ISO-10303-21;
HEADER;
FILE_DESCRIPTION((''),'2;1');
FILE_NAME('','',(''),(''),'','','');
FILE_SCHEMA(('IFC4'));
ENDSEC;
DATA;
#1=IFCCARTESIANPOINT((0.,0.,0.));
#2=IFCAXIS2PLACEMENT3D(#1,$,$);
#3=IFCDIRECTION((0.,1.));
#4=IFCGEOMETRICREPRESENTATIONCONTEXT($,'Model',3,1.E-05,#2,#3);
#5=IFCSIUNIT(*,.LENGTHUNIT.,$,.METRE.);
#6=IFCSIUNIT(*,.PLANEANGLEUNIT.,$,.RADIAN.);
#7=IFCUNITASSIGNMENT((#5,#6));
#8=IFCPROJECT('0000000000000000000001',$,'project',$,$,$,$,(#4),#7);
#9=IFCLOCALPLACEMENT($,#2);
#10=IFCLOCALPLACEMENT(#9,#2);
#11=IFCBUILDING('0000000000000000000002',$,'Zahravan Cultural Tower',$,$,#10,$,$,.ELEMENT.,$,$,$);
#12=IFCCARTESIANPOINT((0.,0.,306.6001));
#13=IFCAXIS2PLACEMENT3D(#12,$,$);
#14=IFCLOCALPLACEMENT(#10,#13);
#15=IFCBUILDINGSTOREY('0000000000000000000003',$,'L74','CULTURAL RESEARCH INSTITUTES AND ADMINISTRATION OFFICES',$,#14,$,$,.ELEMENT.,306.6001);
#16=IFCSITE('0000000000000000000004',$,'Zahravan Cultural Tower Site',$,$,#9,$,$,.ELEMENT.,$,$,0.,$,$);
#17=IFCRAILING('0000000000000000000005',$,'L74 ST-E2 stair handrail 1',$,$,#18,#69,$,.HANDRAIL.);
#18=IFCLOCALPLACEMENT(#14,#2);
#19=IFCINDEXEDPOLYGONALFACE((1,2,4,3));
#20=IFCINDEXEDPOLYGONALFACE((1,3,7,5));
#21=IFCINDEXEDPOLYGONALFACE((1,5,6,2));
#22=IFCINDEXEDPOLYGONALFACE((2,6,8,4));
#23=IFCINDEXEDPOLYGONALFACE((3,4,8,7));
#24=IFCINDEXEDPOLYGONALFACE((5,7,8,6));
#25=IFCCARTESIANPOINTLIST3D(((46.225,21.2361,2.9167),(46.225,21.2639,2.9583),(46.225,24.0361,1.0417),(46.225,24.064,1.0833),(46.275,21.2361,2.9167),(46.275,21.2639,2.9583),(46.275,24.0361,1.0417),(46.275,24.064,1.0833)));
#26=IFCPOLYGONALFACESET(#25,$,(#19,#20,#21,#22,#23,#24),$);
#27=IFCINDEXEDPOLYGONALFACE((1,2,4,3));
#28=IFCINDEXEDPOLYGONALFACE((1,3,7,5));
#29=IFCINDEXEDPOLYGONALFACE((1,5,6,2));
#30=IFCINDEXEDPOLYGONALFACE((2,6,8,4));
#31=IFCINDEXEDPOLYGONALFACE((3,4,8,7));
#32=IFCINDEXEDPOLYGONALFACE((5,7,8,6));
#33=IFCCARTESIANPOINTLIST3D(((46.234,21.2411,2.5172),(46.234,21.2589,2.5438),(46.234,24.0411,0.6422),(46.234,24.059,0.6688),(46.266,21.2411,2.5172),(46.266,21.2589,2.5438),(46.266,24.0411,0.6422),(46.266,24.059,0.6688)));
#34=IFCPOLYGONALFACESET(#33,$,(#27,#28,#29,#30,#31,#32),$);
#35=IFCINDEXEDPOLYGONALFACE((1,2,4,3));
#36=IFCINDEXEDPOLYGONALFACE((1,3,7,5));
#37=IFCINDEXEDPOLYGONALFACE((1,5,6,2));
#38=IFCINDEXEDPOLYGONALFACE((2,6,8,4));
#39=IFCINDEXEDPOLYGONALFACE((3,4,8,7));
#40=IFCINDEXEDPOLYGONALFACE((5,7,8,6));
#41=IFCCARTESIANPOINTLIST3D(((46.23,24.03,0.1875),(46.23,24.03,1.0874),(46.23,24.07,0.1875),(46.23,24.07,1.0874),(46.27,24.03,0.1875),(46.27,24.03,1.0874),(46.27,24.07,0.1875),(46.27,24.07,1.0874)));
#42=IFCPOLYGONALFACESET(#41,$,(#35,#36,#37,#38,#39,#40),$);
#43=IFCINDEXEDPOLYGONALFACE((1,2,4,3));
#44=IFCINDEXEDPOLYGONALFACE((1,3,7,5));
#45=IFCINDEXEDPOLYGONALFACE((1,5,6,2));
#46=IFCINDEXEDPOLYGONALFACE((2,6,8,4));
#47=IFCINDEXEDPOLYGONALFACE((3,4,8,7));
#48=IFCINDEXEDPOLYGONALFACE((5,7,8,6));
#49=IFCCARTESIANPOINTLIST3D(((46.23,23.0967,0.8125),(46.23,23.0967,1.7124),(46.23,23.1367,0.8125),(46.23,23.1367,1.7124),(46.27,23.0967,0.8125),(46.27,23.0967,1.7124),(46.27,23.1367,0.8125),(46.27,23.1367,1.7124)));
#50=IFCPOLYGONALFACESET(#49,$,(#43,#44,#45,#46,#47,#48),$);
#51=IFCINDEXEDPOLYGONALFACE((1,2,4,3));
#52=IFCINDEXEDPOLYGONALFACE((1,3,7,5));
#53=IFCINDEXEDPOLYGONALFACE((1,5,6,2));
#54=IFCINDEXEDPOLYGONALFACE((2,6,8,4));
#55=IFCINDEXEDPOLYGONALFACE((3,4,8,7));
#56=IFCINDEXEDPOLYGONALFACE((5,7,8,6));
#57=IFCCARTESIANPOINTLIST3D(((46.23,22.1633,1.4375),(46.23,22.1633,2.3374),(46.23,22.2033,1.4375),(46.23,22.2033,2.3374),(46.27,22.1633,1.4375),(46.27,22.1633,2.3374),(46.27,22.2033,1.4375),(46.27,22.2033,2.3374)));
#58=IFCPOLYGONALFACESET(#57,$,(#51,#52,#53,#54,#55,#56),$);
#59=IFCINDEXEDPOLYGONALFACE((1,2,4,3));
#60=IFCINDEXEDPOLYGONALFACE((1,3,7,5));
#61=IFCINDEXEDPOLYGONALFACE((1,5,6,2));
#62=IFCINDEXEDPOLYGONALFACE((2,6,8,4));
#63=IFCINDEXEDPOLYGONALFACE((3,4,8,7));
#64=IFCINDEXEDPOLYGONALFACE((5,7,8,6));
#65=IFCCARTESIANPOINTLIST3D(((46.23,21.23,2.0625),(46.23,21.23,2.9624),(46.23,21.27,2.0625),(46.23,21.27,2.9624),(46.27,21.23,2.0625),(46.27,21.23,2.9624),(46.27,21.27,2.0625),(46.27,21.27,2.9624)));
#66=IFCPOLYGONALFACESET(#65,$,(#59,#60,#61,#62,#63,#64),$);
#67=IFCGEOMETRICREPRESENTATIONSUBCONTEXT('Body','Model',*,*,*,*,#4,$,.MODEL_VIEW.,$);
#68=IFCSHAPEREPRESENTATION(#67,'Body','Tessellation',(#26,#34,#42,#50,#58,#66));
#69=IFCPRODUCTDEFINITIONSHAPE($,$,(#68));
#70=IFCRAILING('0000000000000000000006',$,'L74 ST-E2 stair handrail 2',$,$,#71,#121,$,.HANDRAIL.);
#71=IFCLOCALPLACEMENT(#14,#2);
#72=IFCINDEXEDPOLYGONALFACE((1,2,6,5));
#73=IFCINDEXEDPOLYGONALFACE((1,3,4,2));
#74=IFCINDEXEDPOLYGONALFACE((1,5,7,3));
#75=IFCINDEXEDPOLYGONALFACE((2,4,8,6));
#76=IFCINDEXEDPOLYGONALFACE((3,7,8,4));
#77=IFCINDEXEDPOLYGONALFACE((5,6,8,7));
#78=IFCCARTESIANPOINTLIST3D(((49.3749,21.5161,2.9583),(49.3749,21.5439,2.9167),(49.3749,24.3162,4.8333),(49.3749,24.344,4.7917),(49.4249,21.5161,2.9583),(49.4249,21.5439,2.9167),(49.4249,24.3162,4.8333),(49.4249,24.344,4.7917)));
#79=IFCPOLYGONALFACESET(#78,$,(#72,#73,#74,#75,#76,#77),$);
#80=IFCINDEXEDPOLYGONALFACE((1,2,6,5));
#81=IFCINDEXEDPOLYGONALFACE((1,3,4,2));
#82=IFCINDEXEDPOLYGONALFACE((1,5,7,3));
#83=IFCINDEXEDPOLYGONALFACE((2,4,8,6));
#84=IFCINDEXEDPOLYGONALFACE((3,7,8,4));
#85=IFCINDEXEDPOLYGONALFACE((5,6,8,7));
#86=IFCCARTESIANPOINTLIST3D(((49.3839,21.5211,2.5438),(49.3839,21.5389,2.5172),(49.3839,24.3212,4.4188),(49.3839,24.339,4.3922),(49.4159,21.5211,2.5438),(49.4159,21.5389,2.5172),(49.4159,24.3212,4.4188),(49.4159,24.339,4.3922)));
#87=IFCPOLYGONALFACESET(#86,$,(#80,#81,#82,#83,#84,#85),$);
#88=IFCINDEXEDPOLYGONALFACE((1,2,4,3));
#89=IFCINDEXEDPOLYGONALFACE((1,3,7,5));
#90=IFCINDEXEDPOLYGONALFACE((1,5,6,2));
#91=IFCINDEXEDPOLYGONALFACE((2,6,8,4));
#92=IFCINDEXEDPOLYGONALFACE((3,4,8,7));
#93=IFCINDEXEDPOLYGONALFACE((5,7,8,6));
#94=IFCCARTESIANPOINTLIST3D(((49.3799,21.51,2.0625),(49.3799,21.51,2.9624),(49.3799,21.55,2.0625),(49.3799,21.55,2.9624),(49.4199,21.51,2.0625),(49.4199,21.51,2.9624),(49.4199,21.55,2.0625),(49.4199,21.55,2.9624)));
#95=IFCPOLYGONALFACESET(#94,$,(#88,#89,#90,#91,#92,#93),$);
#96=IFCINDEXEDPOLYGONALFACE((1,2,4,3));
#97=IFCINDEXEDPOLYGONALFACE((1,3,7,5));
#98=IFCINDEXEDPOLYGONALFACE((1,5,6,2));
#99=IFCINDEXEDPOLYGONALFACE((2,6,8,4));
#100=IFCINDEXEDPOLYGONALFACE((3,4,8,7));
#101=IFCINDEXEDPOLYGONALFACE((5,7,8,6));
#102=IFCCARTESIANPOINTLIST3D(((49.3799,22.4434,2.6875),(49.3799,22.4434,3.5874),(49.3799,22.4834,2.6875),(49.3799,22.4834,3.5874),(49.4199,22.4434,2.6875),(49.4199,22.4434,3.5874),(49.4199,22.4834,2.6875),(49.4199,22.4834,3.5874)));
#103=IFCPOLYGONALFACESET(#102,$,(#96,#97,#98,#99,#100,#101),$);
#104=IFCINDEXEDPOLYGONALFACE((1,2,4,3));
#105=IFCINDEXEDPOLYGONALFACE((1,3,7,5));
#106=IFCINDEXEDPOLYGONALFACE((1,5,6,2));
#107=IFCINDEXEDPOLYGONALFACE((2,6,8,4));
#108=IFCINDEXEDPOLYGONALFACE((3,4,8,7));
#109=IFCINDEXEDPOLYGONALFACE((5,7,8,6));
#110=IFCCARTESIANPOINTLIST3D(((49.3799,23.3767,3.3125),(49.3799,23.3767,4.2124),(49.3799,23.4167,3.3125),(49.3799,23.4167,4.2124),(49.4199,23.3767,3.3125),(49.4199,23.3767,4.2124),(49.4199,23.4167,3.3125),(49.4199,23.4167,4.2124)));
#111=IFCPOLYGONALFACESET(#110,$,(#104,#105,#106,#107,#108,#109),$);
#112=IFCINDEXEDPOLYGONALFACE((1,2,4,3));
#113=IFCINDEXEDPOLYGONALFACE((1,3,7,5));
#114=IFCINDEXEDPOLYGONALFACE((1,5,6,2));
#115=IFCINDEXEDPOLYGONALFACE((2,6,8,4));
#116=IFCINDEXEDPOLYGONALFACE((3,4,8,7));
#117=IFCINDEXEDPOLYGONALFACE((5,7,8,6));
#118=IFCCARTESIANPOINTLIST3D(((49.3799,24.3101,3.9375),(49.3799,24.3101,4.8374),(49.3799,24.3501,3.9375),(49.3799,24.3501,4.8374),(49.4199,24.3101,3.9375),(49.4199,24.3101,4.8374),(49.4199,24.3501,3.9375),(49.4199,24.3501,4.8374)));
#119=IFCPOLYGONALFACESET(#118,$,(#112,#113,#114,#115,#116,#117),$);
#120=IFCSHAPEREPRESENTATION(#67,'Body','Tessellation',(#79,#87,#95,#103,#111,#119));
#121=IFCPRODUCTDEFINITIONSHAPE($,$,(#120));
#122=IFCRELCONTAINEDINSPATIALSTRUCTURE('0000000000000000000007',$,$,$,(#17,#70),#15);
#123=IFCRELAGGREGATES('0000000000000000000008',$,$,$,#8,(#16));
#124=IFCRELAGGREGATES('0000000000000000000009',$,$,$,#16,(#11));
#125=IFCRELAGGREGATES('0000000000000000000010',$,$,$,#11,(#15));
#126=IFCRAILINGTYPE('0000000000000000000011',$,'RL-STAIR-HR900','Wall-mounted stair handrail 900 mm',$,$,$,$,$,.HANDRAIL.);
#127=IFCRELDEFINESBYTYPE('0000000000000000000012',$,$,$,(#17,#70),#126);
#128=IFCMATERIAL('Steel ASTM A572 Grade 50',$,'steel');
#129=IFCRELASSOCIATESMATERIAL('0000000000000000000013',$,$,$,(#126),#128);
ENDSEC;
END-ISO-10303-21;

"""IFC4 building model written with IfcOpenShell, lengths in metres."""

from ifc_helpers import new_model, si_unit, direction, frame, origin, origin_2d, place, context, subcontext, project, spatial, rectangle, extrude, material, type_object, element, save


model = new_model("IFC4")

# Units and contexts
model_context = context("Model", 3, precision=1e-05, world=origin(), true_north=direction((0.0, 1.0)))
body_context = subcontext(model_context, "Body", "Model", "MODEL_VIEW")
ifc_project = project(units=[si_unit("LENGTHUNIT", "METRE"), si_unit("PLANEANGLEUNIT", "RADIAN")], contexts=[model_context])

# Site, building, storey
site_placement = place(None, origin())
site = spatial("IfcSite", under=ifc_project, at=site_placement, Name="Zahravan Cultural Tower Site", CompositionType="ELEMENT", RefElevation=0.0)
building_placement = place(site_placement, origin())
building = spatial("IfcBuilding", under=site, at=building_placement, Name="Zahravan Cultural Tower", CompositionType="ELEMENT")
storey_placement = place(building_placement, frame((0.0, 0.0, 306.6001)))
storey = spatial("IfcBuildingStorey", under=building, at=storey_placement, Name="L74", Description="CULTURAL RESEARCH INSTITUTES AND ADMINISTRATION OFFICES", CompositionType="ELEMENT", Elevation=306.6001)

# Railings
ifc_material_1 = material(Name="Steel ASTM A572 Grade 50", Category="steel")
railing_type_1 = type_object("IfcRailingType", Name="RL-STAIR-HR900", Description="Wall-mounted stair handrail 900 mm", PredefinedType="HANDRAIL", material=ifc_material_1)
railing_1_placement = place(storey_placement, frame((46.25, 24.05, 0.1875)))
element("IfcRailing", 1, at=railing_1_placement, inside=storey, type_object=railing_type_1, Name="L74 ST-E2 stair handrail 1", PredefinedType="HANDRAIL", context=body_context, shape_type="SweptSolid", body=[
    extrude(rectangle(XDim=0.05, YDim=0.05, at=origin_2d()), frame((0.0, 0.0, 0.875), z_axis=(0.0, -0.830912, 0.556404), x_axis=(1.0, 0.0, 0.0)), (0.0, 0.0, 1.0), 3.3699),
    extrude(rectangle(XDim=0.032, YDim=0.032, at=origin_2d()), frame((0.0, 0.0, 0.468), z_axis=(0.0, -0.830912, 0.556404), x_axis=(1.0, 0.0, 0.0)), (0.0, 0.0, 1.0), 3.3699),
    extrude(rectangle(XDim=0.04, YDim=0.04, at=origin_2d()), origin(), (0.0, 0.0, 1.0), 0.8999),
    extrude(rectangle(XDim=0.04, YDim=0.04, at=origin_2d()), frame((0.0, -0.9333, 0.625)), (0.0, 0.0, 1.0), 0.8999),
    extrude(rectangle(XDim=0.04, YDim=0.04, at=origin_2d()), frame((0.0, -1.8667, 1.25)), (0.0, 0.0, 1.0), 0.8999),
    extrude(rectangle(XDim=0.04, YDim=0.04, at=origin_2d()), frame((0.0, -2.8, 1.875)), (0.0, 0.0, 1.0), 0.8999),
])
railing_2_placement = place(storey_placement, frame((49.3999, 21.53, 2.0625)))
element("IfcRailing", 2, at=railing_2_placement, inside=storey, type_object=railing_type_1, Name="L74 ST-E2 stair handrail 2", PredefinedType="HANDRAIL", context=body_context, shape_type="SweptSolid", body=[
    extrude(rectangle(XDim=0.05, YDim=0.05, at=origin_2d()), frame((0.0, 0.0, 0.875), z_axis=(0.0, 0.830912, 0.556404), x_axis=(-1.0, 0.0, 0.0)), (0.0, 0.0, 1.0), 3.3699),
    extrude(rectangle(XDim=0.032, YDim=0.032, at=origin_2d()), frame((0.0, 0.0, 0.468), z_axis=(0.0, 0.830912, 0.556404), x_axis=(-1.0, 0.0, 0.0)), (0.0, 0.0, 1.0), 3.3699),
    extrude(rectangle(XDim=0.04, YDim=0.04, at=origin_2d()), origin(), (0.0, 0.0, 1.0), 0.8999),
    extrude(rectangle(XDim=0.04, YDim=0.04, at=origin_2d()), frame((0.0, 0.9333, 0.625)), (0.0, 0.0, 1.0), 0.8999),
    extrude(rectangle(XDim=0.04, YDim=0.04, at=origin_2d()), frame((0.0, 1.8667, 1.25)), (0.0, 0.0, 1.0), 0.8999),
    extrude(rectangle(XDim=0.04, YDim=0.04, at=origin_2d()), frame((0.0, 2.8, 1.875)), (0.0, 0.0, 1.0), 0.8999),
])

save(model, "model.ifc")
